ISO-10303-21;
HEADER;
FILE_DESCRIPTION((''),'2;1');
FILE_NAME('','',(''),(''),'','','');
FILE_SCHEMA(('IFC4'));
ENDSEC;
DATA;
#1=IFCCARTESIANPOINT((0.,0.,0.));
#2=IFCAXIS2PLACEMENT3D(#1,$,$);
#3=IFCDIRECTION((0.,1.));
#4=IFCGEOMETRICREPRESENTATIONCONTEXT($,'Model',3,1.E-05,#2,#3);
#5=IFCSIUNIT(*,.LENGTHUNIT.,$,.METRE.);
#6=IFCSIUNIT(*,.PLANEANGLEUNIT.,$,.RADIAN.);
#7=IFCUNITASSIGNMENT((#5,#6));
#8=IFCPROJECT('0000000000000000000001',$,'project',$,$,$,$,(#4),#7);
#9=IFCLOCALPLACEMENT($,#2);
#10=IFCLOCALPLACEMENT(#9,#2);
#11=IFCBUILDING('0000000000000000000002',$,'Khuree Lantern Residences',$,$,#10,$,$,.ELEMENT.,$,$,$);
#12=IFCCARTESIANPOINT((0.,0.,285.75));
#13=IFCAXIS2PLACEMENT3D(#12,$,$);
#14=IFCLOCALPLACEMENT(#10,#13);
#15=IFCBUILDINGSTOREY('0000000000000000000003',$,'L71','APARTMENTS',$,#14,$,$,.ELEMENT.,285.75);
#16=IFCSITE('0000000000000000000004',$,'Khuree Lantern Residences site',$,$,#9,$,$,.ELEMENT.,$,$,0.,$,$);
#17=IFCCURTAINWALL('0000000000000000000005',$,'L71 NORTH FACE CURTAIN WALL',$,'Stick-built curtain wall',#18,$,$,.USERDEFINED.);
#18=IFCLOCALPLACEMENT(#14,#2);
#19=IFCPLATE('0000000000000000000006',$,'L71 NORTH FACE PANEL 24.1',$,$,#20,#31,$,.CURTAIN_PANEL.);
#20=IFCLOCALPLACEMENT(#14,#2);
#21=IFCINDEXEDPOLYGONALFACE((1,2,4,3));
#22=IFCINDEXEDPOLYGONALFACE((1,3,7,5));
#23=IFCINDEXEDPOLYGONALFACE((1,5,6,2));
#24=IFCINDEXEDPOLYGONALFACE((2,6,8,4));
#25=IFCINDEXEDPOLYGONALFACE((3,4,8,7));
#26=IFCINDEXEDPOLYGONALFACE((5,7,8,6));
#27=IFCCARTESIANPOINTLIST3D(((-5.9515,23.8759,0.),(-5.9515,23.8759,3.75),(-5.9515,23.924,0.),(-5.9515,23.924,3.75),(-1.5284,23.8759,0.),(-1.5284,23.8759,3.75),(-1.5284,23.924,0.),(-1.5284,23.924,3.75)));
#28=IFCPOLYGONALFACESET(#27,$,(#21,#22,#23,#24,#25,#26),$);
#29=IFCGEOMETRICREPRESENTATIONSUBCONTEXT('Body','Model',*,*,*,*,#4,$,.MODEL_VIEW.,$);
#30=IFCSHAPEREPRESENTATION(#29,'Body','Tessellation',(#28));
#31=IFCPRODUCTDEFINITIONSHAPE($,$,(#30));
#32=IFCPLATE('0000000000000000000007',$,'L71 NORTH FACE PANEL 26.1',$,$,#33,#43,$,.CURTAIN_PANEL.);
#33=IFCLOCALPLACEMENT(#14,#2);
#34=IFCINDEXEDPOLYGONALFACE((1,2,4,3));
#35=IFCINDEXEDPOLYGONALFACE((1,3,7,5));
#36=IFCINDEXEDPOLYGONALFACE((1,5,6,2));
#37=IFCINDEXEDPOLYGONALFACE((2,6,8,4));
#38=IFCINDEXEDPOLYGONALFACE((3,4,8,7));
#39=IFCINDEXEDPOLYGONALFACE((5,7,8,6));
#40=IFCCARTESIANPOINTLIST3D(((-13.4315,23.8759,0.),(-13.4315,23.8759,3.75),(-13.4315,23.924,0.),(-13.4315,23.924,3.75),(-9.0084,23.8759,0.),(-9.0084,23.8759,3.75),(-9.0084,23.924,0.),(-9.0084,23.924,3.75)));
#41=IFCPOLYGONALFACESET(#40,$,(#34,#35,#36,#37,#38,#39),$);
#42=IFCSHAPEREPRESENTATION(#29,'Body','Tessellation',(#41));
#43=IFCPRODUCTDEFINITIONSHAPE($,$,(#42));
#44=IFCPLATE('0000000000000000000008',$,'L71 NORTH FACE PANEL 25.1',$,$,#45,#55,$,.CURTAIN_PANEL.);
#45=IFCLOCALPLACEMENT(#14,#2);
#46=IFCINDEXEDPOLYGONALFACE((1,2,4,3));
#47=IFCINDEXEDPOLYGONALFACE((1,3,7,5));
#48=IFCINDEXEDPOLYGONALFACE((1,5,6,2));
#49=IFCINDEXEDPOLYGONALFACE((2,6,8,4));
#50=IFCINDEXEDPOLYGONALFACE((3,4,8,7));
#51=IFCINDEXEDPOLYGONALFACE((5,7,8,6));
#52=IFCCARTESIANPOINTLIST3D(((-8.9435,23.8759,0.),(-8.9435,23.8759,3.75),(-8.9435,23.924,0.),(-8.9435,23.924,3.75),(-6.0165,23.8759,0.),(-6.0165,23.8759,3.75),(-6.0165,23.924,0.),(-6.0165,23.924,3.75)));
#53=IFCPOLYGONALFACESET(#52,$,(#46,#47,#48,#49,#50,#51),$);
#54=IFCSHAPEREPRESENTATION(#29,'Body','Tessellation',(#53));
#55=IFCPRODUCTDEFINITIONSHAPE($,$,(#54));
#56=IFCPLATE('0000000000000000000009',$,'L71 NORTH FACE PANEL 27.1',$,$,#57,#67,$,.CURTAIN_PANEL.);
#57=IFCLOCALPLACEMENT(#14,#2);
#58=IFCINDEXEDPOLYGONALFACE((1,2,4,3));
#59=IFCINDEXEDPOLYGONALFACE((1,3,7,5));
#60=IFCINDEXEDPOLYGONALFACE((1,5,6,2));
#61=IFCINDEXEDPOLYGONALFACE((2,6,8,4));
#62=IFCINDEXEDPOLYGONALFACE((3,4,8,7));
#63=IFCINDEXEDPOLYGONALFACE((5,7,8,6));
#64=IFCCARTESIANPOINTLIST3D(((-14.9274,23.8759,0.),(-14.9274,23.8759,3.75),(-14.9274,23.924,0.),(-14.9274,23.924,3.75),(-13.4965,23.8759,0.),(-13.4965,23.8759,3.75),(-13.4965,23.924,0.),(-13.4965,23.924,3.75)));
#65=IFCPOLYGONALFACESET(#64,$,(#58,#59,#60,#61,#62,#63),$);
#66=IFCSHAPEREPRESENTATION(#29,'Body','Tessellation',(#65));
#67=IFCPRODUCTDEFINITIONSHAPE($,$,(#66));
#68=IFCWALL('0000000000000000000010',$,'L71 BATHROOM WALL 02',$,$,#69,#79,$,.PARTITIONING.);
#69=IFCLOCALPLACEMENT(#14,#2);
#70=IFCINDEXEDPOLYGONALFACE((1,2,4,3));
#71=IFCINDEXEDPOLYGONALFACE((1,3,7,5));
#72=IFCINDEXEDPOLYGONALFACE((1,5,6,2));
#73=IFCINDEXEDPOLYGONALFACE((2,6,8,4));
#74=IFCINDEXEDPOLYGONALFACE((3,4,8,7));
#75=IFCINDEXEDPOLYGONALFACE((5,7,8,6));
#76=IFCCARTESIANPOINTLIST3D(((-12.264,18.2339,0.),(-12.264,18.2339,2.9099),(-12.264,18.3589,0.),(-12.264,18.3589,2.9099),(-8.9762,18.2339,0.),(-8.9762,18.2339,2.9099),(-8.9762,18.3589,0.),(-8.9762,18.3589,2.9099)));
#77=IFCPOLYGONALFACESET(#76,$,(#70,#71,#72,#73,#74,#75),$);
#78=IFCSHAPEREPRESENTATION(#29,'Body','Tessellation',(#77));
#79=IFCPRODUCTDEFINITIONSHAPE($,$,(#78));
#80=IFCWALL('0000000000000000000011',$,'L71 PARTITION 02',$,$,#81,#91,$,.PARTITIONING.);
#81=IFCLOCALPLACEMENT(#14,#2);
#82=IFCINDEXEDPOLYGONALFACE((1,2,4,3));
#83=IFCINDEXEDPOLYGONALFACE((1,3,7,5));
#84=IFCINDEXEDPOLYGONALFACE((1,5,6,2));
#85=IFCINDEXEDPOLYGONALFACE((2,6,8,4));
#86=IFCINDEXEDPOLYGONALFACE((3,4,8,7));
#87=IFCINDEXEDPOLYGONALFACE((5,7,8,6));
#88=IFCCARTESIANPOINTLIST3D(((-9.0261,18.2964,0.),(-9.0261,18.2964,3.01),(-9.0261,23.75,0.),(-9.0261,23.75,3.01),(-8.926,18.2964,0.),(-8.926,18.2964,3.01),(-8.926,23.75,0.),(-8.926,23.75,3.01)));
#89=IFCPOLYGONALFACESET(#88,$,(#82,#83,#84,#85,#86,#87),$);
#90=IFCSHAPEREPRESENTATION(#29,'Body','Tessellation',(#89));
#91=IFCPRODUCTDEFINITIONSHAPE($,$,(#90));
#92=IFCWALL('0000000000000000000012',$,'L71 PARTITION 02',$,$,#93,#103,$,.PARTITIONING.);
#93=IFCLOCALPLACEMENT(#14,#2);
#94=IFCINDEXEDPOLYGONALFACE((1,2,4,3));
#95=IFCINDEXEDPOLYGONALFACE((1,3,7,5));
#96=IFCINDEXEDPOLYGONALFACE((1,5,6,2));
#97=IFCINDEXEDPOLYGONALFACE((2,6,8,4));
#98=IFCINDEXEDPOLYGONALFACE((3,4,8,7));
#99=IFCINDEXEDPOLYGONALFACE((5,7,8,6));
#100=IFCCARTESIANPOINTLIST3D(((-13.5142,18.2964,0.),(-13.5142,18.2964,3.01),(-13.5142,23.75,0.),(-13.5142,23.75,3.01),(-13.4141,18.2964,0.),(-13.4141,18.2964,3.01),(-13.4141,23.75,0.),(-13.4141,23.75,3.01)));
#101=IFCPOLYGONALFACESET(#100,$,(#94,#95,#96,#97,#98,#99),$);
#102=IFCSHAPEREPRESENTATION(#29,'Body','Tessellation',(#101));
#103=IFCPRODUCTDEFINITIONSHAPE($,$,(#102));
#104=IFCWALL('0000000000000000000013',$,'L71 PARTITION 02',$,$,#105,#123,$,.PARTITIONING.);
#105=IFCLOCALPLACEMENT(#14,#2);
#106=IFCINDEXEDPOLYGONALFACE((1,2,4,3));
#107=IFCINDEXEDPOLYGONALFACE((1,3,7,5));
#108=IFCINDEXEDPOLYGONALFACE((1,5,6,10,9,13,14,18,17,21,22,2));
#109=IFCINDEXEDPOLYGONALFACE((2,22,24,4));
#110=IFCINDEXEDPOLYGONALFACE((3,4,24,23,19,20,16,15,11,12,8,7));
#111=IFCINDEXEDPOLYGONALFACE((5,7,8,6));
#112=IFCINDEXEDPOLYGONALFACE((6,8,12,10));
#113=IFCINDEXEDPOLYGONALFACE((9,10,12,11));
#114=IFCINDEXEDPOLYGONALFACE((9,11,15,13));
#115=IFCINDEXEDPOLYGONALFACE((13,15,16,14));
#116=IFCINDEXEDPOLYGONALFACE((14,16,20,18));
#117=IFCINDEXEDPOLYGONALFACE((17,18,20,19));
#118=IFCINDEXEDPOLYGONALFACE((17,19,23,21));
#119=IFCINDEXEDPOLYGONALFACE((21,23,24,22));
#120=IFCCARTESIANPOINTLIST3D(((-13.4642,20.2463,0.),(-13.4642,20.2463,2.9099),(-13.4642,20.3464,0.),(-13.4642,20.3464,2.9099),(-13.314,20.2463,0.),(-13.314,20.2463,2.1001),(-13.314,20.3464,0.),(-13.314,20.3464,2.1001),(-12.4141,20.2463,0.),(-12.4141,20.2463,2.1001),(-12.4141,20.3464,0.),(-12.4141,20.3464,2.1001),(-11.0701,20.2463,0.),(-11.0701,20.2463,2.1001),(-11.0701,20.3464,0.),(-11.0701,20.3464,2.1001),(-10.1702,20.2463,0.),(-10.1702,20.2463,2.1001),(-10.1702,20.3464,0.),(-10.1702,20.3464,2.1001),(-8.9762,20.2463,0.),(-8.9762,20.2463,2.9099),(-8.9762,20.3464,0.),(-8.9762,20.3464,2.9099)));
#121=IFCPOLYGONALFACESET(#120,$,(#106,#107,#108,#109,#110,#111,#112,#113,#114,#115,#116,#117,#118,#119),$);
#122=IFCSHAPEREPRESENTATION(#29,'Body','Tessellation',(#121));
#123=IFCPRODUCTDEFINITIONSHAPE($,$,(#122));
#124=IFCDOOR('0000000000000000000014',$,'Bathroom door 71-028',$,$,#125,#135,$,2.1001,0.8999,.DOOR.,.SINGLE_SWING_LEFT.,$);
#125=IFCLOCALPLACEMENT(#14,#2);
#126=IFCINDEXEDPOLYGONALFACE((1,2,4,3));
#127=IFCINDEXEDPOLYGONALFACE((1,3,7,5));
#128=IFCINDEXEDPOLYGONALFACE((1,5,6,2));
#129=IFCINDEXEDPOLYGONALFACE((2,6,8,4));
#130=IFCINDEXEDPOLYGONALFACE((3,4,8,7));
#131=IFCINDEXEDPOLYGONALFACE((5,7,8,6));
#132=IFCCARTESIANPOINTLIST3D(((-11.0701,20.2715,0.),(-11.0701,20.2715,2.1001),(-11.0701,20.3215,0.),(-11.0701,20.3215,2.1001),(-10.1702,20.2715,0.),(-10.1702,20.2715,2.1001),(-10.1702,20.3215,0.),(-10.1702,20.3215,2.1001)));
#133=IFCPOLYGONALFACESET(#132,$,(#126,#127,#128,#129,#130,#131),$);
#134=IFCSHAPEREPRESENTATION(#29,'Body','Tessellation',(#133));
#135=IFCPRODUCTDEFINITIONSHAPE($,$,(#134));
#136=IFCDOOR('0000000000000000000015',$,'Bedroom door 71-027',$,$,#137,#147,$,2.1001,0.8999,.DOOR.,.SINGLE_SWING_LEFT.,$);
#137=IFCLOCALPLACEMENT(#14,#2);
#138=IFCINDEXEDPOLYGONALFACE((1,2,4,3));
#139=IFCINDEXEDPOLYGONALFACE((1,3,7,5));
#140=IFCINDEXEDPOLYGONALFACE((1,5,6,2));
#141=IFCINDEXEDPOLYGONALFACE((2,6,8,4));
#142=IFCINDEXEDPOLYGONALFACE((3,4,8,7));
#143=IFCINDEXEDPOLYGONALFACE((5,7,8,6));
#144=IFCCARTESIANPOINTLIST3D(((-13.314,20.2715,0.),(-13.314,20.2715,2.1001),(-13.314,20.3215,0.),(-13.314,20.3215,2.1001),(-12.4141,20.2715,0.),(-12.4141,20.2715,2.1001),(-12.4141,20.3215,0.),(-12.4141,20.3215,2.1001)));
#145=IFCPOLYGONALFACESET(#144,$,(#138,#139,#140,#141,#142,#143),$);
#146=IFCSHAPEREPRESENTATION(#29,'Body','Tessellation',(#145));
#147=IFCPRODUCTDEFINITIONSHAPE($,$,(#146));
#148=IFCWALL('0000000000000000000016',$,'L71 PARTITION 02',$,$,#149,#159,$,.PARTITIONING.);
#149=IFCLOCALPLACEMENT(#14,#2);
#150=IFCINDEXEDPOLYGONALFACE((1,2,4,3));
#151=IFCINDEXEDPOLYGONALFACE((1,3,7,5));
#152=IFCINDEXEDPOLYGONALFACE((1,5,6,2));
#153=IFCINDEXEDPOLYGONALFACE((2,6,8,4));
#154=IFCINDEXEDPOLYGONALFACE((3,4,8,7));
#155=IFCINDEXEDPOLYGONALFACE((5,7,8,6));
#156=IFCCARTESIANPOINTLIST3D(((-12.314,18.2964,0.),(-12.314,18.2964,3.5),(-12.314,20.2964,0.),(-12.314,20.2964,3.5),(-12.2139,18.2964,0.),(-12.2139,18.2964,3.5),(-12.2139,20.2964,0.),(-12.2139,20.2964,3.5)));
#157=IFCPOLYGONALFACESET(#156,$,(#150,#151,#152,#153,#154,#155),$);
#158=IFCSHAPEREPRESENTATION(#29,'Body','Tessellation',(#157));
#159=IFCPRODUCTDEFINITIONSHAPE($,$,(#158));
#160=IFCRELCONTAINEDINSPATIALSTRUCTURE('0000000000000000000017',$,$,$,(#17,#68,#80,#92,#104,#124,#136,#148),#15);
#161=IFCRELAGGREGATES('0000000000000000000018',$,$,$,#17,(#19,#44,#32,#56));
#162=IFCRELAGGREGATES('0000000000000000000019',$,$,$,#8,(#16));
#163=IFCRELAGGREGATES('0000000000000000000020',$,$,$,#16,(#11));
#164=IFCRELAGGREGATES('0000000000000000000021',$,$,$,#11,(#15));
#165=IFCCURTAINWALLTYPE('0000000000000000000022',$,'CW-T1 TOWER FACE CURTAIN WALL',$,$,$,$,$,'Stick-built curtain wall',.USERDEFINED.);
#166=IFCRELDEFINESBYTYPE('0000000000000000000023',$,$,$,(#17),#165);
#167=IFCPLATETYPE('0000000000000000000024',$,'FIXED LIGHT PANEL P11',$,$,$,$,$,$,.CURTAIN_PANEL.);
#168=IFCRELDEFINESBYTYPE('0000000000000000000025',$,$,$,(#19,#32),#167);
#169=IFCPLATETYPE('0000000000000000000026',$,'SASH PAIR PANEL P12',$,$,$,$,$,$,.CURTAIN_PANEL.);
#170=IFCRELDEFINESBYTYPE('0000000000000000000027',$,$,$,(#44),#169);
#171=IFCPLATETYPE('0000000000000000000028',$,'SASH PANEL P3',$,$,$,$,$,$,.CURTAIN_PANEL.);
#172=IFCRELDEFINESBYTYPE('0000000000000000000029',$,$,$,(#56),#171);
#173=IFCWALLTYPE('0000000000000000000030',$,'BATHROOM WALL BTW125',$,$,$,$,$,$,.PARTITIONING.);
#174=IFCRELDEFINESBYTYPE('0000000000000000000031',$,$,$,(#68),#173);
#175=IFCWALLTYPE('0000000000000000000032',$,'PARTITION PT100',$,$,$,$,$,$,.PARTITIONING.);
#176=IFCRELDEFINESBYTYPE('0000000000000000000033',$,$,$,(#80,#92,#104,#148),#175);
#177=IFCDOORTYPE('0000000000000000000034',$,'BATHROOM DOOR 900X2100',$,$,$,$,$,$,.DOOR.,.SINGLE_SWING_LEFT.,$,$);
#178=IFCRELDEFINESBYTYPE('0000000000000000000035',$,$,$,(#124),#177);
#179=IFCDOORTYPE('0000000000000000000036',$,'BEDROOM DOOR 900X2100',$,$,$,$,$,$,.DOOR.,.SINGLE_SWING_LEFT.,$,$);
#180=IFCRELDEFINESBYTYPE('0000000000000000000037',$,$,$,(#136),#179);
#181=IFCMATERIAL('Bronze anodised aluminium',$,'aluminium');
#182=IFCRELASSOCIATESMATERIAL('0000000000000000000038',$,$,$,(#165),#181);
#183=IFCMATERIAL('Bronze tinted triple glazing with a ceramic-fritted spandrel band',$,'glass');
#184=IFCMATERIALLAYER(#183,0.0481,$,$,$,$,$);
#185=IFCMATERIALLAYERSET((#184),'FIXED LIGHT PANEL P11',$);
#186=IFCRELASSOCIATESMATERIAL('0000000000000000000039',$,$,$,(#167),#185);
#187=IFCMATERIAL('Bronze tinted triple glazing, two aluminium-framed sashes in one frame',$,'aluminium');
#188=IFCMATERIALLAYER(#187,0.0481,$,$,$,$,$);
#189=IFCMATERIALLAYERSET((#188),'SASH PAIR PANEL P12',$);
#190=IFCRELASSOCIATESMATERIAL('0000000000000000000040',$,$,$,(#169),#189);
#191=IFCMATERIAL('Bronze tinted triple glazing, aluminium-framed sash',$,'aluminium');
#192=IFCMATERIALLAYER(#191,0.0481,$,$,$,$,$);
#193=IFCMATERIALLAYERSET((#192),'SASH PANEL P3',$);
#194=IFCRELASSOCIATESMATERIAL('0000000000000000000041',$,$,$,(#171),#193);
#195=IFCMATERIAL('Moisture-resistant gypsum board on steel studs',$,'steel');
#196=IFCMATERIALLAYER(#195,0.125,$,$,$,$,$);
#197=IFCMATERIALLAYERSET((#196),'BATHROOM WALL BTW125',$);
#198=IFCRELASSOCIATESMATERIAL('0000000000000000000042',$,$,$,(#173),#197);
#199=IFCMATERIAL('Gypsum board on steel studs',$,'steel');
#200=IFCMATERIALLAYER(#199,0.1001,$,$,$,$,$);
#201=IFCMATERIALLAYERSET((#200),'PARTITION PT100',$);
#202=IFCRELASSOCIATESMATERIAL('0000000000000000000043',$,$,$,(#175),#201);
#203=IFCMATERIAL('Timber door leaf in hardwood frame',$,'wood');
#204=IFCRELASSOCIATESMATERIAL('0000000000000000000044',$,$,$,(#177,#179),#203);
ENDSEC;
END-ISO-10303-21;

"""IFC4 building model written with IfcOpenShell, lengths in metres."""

from ifc_helpers import new_model, si_unit, direction, frame, frame_2d, origin, origin_2d, place, context, subcontext, project, spatial, rectangle, extrude, material, layer, layer_set, type_object, element, fill, aggregate, save


model = new_model("IFC4")

# Units and contexts
model_context = context("Model", 3, precision=1e-05, world=origin(), true_north=direction((0.0, 1.0)))
body_context = subcontext(model_context, "Body", "Model", "MODEL_VIEW")
ifc_project = project(units=[si_unit("LENGTHUNIT", "METRE"), si_unit("PLANEANGLEUNIT", "RADIAN")], contexts=[model_context])

# Site, building, storey
site_placement = place(None, origin())
site = spatial("IfcSite", under=ifc_project, at=site_placement, Name="Khuree Lantern Residences site", CompositionType="ELEMENT", RefElevation=0.0)
building_placement = place(site_placement, origin())
building = spatial("IfcBuilding", under=site, at=building_placement, Name="Khuree Lantern Residences", CompositionType="ELEMENT")
storey_placement = place(building_placement, frame((0.0, 0.0, 285.75)))
storey = spatial("IfcBuildingStorey", under=building, at=storey_placement, Name="L71", Description="APARTMENTS", CompositionType="ELEMENT", Elevation=285.75)

# Curtain wall
ifc_material_1 = material(Name="Bronze anodised aluminium", Category="aluminium")
curtain_wall_type = type_object("IfcCurtainWallType", Name="CW-T1 TOWER FACE CURTAIN WALL", ElementType="Stick-built curtain wall", PredefinedType="USERDEFINED", material=ifc_material_1)
curtain_wall_placement = place(storey_placement, origin())
curtain_wall = element("IfcCurtainWall", 1, at=curtain_wall_placement, inside=storey, type_object=curtain_wall_type, Name="L71 NORTH FACE CURTAIN WALL", ObjectType="Stick-built curtain wall", PredefinedType="USERDEFINED")

# Plates
ifc_material_2 = material(Name="Bronze tinted triple glazing with a ceramic-fritted spandrel band", Category="glass")
ifc_layer_1 = layer(ifc_material_2, 0.0481)
ifc_layer_set_1 = layer_set([ifc_layer_1], Name="FIXED LIGHT PANEL P11")
plate_type_1 = type_object("IfcPlateType", Name="FIXED LIGHT PANEL P11", PredefinedType="CURTAIN_PANEL", material=ifc_layer_set_1)
plate_1_placement = place(storey_placement, frame((-3.74, 23.8999, 0.0), z_axis=(0.0, 0.0, 1.0), x_axis=(-1.0, 0.0, 0.0)))
plate_1 = element("IfcPlate", 2, at=plate_1_placement, type_object=plate_type_1, Name="L71 NORTH FACE PANEL 24.1", PredefinedType="CURTAIN_PANEL", context=body_context, shape_type="SweptSolid", body=[
    extrude(rectangle(XDim=4.4231, YDim=0.0481, at=origin_2d()), origin(), (0.0, 0.0, 1.0), 3.75),
])
plate_2_placement = place(storey_placement, frame((-11.22, 23.8999, 0.0), z_axis=(0.0, 0.0, 1.0), x_axis=(-1.0, 0.0, 0.0)))
plate_2 = element("IfcPlate", 3, at=plate_2_placement, type_object=plate_type_1, Name="L71 NORTH FACE PANEL 26.1", PredefinedType="CURTAIN_PANEL", context=body_context, shape_type="SweptSolid", body=[
    extrude(rectangle(XDim=4.4231, YDim=0.0481, at=origin_2d()), origin(), (0.0, 0.0, 1.0), 3.75),
])
ifc_material_3 = material(Name="Bronze tinted triple glazing, two aluminium-framed sashes in one frame", Category="aluminium")
ifc_layer_2 = layer(ifc_material_3, 0.0481)
ifc_layer_set_2 = layer_set([ifc_layer_2], Name="SASH PAIR PANEL P12")
plate_type_2 = type_object("IfcPlateType", Name="SASH PAIR PANEL P12", PredefinedType="CURTAIN_PANEL", material=ifc_layer_set_2)
plate_3_placement = place(storey_placement, frame((-7.48, 23.8999, 0.0), z_axis=(0.0, 0.0, 1.0), x_axis=(-1.0, 0.0, 0.0)))
plate_3 = element("IfcPlate", 4, at=plate_3_placement, type_object=plate_type_2, Name="L71 NORTH FACE PANEL 25.1", PredefinedType="CURTAIN_PANEL", context=body_context, shape_type="SweptSolid", body=[
    extrude(rectangle(XDim=2.927, YDim=0.0481, at=origin_2d()), origin(), (0.0, 0.0, 1.0), 3.75),
])
ifc_material_4 = material(Name="Bronze tinted triple glazing, aluminium-framed sash", Category="aluminium")
ifc_layer_3 = layer(ifc_material_4, 0.0481)
ifc_layer_set_3 = layer_set([ifc_layer_3], Name="SASH PANEL P3")
plate_type_3 = type_object("IfcPlateType", Name="SASH PANEL P3", PredefinedType="CURTAIN_PANEL", material=ifc_layer_set_3)
plate_4_placement = place(storey_placement, frame((-14.2119, 23.8999, 0.0), z_axis=(0.0, 0.0, 1.0), x_axis=(-1.0, 0.0, 0.0)))
plate_4 = element("IfcPlate", 5, at=plate_4_placement, type_object=plate_type_3, Name="L71 NORTH FACE PANEL 27.1", PredefinedType="CURTAIN_PANEL", context=body_context, shape_type="SweptSolid", body=[
    extrude(rectangle(XDim=1.4309, YDim=0.0481, at=origin_2d()), origin(), (0.0, 0.0, 1.0), 3.75),
])
aggregate(curtain_wall, [plate_1, plate_3, plate_2, plate_4])

# Walls
ifc_material_5 = material(Name="Moisture-resistant gypsum board on steel studs", Category="steel")
ifc_layer_4 = layer(ifc_material_5, 0.125)
ifc_layer_set_4 = layer_set([ifc_layer_4], Name="BATHROOM WALL BTW125")
wall_type_1 = type_object("IfcWallType", Name="BATHROOM WALL BTW125", PredefinedType="PARTITIONING", material=ifc_layer_set_4)
wall_1_placement = place(storey_placement, frame((-8.9761, 18.2964, 0.0), z_axis=(0.0, 0.0, 1.0), x_axis=(-1.0, 0.0, 0.0)))
element("IfcWall", 6, at=wall_1_placement, inside=storey, type_object=wall_type_1, Name="L71 BATHROOM WALL 02", PredefinedType="PARTITIONING", context=body_context, shape_type="SweptSolid", body=[
    extrude(rectangle(XDim=3.2878, YDim=0.125, at=frame_2d((1.644, 0.0))), origin(), (0.0, 0.0, 1.0), 2.9099),
])
ifc_material_6 = material(Name="Gypsum board on steel studs", Category="steel")
ifc_layer_5 = layer(ifc_material_6, 0.1001)
ifc_layer_set_5 = layer_set([ifc_layer_5], Name="PARTITION PT100")
wall_type_2 = type_object("IfcWallType", Name="PARTITION PT100", PredefinedType="PARTITIONING", material=ifc_layer_set_5)
for number, where, z_axis, x_axis, name in (
    (7, (-8.9761, 18.2964, 0.0), (0.0, 0.0, 1.0), (0.0, 1.0, 0.0), "L71 PARTITION 02"),
    (8, (-13.4641, 18.2964, 0.0), (0.0, 0.0, 1.0), (0.0, 1.0, 0.0), "L71 PARTITION 02"),
):
    element("IfcWall", number, at=place(storey_placement, frame(where, z_axis=z_axis, x_axis=x_axis)), inside=storey, type_object=wall_type_2, Name=name, PredefinedType="PARTITIONING", context=body_context, shape_type="SweptSolid", body=[
        extrude(rectangle(XDim=5.4536, YDim=0.1001, at=frame_2d((2.7268, 0.0))), origin(), (0.0, 0.0, 1.0), 3.01),
    ])

# Wall, openings, doors
wall_2_placement = place(storey_placement, frame((-8.9761, 20.2964, 0.0), z_axis=(0.0, 0.0, 1.0), x_axis=(-1.0, 0.0, 0.0)))
wall_2 = element("IfcWall", 9, at=wall_2_placement, inside=storey, type_object=wall_type_2, Name="L71 PARTITION 02", PredefinedType="PARTITIONING", context=body_context, shape_type="SweptSolid", body=[
    extrude(rectangle(XDim=4.488, YDim=0.1001, at=frame_2d((2.2441, 0.0))), origin(), (0.0, 0.0, 1.0), 2.9099),
])
opening_1_placement = place(wall_2_placement, frame((3.438, 0.0, 0.0)))
opening_1 = element("IfcOpeningElement", 10, at=opening_1_placement, cuts=wall_2, PredefinedType="OPENING", context=body_context, shape_type="SweptSolid", body=[
    extrude(rectangle(XDim=0.8999, YDim=2.1001, at=frame_2d((0.45, 1.05))), frame((0.0, 0.0601, 0.0), z_axis=(0.0, -1.0, 0.0), x_axis=(1.0, 0.0, 0.0)), (0.0, 0.0, 1.0), 0.1201),
])
opening_2_placement = place(wall_2_placement, frame((1.1941, 0.0, 0.0)))
opening_2 = element("IfcOpeningElement", 11, at=opening_2_placement, cuts=wall_2, PredefinedType="OPENING", context=body_context, shape_type="SweptSolid", body=[
    extrude(rectangle(XDim=0.8999, YDim=2.1001, at=frame_2d((0.45, 1.05))), frame((0.0, 0.0601, 0.0), z_axis=(0.0, -1.0, 0.0), x_axis=(1.0, 0.0, 0.0)), (0.0, 0.0, 1.0), 0.1201),
])
ifc_material_7 = material(Name="Timber door leaf in hardwood frame", Category="wood")
door_type_1 = type_object("IfcDoorType", Name="BATHROOM DOOR 900X2100", OperationType="SINGLE_SWING_LEFT", PredefinedType="DOOR", material=ifc_material_7)
door_1_placement = place(opening_2_placement, origin())
door_1 = element("IfcDoor", 12, at=door_1_placement, inside=storey, type_object=door_type_1, Name="Bathroom door 71-028", OperationType="SINGLE_SWING_LEFT", OverallHeight=2.1001, OverallWidth=0.8999, PredefinedType="DOOR", context=body_context, shape_type="SweptSolid", body=[
    extrude(rectangle(XDim=0.8999, YDim=2.1001, at=frame_2d((0.45, 1.05))), frame((0.0, 0.0249, 0.0), z_axis=(0.0, -1.0, 0.0), x_axis=(1.0, 0.0, 0.0)), (0.0, 0.0, 1.0), 0.05),
])
fill(opening_2, door_1)
door_type_2 = type_object("IfcDoorType", Name="BEDROOM DOOR 900X2100", OperationType="SINGLE_SWING_LEFT", PredefinedType="DOOR", material=ifc_material_7)
door_2_placement = place(opening_1_placement, origin())
door_2 = element("IfcDoor", 13, at=door_2_placement, inside=storey, type_object=door_type_2, Name="Bedroom door 71-027", OperationType="SINGLE_SWING_LEFT", OverallHeight=2.1001, OverallWidth=0.8999, PredefinedType="DOOR", context=body_context, shape_type="SweptSolid", body=[
    extrude(rectangle(XDim=0.8999, YDim=2.1001, at=frame_2d((0.45, 1.05))), frame((0.0, 0.0249, 0.0), z_axis=(0.0, -1.0, 0.0), x_axis=(1.0, 0.0, 0.0)), (0.0, 0.0, 1.0), 0.05),
])
fill(opening_1, door_2)

# Wall
wall_3_placement = place(storey_placement, frame((-12.2639, 18.2964, 0.0), z_axis=(0.0, 0.0, 1.0), x_axis=(0.0, 1.0, 0.0)))
element("IfcWall", 14, at=wall_3_placement, inside=storey, type_object=wall_type_2, Name="L71 PARTITION 02", PredefinedType="PARTITIONING", context=body_context, shape_type="SweptSolid", body=[
    extrude(rectangle(XDim=2.0, YDim=0.1001, at=frame_2d((1.0, 0.0))), origin(), (0.0, 0.0, 1.0), 3.5),
])

save(model, "model.ifc")
